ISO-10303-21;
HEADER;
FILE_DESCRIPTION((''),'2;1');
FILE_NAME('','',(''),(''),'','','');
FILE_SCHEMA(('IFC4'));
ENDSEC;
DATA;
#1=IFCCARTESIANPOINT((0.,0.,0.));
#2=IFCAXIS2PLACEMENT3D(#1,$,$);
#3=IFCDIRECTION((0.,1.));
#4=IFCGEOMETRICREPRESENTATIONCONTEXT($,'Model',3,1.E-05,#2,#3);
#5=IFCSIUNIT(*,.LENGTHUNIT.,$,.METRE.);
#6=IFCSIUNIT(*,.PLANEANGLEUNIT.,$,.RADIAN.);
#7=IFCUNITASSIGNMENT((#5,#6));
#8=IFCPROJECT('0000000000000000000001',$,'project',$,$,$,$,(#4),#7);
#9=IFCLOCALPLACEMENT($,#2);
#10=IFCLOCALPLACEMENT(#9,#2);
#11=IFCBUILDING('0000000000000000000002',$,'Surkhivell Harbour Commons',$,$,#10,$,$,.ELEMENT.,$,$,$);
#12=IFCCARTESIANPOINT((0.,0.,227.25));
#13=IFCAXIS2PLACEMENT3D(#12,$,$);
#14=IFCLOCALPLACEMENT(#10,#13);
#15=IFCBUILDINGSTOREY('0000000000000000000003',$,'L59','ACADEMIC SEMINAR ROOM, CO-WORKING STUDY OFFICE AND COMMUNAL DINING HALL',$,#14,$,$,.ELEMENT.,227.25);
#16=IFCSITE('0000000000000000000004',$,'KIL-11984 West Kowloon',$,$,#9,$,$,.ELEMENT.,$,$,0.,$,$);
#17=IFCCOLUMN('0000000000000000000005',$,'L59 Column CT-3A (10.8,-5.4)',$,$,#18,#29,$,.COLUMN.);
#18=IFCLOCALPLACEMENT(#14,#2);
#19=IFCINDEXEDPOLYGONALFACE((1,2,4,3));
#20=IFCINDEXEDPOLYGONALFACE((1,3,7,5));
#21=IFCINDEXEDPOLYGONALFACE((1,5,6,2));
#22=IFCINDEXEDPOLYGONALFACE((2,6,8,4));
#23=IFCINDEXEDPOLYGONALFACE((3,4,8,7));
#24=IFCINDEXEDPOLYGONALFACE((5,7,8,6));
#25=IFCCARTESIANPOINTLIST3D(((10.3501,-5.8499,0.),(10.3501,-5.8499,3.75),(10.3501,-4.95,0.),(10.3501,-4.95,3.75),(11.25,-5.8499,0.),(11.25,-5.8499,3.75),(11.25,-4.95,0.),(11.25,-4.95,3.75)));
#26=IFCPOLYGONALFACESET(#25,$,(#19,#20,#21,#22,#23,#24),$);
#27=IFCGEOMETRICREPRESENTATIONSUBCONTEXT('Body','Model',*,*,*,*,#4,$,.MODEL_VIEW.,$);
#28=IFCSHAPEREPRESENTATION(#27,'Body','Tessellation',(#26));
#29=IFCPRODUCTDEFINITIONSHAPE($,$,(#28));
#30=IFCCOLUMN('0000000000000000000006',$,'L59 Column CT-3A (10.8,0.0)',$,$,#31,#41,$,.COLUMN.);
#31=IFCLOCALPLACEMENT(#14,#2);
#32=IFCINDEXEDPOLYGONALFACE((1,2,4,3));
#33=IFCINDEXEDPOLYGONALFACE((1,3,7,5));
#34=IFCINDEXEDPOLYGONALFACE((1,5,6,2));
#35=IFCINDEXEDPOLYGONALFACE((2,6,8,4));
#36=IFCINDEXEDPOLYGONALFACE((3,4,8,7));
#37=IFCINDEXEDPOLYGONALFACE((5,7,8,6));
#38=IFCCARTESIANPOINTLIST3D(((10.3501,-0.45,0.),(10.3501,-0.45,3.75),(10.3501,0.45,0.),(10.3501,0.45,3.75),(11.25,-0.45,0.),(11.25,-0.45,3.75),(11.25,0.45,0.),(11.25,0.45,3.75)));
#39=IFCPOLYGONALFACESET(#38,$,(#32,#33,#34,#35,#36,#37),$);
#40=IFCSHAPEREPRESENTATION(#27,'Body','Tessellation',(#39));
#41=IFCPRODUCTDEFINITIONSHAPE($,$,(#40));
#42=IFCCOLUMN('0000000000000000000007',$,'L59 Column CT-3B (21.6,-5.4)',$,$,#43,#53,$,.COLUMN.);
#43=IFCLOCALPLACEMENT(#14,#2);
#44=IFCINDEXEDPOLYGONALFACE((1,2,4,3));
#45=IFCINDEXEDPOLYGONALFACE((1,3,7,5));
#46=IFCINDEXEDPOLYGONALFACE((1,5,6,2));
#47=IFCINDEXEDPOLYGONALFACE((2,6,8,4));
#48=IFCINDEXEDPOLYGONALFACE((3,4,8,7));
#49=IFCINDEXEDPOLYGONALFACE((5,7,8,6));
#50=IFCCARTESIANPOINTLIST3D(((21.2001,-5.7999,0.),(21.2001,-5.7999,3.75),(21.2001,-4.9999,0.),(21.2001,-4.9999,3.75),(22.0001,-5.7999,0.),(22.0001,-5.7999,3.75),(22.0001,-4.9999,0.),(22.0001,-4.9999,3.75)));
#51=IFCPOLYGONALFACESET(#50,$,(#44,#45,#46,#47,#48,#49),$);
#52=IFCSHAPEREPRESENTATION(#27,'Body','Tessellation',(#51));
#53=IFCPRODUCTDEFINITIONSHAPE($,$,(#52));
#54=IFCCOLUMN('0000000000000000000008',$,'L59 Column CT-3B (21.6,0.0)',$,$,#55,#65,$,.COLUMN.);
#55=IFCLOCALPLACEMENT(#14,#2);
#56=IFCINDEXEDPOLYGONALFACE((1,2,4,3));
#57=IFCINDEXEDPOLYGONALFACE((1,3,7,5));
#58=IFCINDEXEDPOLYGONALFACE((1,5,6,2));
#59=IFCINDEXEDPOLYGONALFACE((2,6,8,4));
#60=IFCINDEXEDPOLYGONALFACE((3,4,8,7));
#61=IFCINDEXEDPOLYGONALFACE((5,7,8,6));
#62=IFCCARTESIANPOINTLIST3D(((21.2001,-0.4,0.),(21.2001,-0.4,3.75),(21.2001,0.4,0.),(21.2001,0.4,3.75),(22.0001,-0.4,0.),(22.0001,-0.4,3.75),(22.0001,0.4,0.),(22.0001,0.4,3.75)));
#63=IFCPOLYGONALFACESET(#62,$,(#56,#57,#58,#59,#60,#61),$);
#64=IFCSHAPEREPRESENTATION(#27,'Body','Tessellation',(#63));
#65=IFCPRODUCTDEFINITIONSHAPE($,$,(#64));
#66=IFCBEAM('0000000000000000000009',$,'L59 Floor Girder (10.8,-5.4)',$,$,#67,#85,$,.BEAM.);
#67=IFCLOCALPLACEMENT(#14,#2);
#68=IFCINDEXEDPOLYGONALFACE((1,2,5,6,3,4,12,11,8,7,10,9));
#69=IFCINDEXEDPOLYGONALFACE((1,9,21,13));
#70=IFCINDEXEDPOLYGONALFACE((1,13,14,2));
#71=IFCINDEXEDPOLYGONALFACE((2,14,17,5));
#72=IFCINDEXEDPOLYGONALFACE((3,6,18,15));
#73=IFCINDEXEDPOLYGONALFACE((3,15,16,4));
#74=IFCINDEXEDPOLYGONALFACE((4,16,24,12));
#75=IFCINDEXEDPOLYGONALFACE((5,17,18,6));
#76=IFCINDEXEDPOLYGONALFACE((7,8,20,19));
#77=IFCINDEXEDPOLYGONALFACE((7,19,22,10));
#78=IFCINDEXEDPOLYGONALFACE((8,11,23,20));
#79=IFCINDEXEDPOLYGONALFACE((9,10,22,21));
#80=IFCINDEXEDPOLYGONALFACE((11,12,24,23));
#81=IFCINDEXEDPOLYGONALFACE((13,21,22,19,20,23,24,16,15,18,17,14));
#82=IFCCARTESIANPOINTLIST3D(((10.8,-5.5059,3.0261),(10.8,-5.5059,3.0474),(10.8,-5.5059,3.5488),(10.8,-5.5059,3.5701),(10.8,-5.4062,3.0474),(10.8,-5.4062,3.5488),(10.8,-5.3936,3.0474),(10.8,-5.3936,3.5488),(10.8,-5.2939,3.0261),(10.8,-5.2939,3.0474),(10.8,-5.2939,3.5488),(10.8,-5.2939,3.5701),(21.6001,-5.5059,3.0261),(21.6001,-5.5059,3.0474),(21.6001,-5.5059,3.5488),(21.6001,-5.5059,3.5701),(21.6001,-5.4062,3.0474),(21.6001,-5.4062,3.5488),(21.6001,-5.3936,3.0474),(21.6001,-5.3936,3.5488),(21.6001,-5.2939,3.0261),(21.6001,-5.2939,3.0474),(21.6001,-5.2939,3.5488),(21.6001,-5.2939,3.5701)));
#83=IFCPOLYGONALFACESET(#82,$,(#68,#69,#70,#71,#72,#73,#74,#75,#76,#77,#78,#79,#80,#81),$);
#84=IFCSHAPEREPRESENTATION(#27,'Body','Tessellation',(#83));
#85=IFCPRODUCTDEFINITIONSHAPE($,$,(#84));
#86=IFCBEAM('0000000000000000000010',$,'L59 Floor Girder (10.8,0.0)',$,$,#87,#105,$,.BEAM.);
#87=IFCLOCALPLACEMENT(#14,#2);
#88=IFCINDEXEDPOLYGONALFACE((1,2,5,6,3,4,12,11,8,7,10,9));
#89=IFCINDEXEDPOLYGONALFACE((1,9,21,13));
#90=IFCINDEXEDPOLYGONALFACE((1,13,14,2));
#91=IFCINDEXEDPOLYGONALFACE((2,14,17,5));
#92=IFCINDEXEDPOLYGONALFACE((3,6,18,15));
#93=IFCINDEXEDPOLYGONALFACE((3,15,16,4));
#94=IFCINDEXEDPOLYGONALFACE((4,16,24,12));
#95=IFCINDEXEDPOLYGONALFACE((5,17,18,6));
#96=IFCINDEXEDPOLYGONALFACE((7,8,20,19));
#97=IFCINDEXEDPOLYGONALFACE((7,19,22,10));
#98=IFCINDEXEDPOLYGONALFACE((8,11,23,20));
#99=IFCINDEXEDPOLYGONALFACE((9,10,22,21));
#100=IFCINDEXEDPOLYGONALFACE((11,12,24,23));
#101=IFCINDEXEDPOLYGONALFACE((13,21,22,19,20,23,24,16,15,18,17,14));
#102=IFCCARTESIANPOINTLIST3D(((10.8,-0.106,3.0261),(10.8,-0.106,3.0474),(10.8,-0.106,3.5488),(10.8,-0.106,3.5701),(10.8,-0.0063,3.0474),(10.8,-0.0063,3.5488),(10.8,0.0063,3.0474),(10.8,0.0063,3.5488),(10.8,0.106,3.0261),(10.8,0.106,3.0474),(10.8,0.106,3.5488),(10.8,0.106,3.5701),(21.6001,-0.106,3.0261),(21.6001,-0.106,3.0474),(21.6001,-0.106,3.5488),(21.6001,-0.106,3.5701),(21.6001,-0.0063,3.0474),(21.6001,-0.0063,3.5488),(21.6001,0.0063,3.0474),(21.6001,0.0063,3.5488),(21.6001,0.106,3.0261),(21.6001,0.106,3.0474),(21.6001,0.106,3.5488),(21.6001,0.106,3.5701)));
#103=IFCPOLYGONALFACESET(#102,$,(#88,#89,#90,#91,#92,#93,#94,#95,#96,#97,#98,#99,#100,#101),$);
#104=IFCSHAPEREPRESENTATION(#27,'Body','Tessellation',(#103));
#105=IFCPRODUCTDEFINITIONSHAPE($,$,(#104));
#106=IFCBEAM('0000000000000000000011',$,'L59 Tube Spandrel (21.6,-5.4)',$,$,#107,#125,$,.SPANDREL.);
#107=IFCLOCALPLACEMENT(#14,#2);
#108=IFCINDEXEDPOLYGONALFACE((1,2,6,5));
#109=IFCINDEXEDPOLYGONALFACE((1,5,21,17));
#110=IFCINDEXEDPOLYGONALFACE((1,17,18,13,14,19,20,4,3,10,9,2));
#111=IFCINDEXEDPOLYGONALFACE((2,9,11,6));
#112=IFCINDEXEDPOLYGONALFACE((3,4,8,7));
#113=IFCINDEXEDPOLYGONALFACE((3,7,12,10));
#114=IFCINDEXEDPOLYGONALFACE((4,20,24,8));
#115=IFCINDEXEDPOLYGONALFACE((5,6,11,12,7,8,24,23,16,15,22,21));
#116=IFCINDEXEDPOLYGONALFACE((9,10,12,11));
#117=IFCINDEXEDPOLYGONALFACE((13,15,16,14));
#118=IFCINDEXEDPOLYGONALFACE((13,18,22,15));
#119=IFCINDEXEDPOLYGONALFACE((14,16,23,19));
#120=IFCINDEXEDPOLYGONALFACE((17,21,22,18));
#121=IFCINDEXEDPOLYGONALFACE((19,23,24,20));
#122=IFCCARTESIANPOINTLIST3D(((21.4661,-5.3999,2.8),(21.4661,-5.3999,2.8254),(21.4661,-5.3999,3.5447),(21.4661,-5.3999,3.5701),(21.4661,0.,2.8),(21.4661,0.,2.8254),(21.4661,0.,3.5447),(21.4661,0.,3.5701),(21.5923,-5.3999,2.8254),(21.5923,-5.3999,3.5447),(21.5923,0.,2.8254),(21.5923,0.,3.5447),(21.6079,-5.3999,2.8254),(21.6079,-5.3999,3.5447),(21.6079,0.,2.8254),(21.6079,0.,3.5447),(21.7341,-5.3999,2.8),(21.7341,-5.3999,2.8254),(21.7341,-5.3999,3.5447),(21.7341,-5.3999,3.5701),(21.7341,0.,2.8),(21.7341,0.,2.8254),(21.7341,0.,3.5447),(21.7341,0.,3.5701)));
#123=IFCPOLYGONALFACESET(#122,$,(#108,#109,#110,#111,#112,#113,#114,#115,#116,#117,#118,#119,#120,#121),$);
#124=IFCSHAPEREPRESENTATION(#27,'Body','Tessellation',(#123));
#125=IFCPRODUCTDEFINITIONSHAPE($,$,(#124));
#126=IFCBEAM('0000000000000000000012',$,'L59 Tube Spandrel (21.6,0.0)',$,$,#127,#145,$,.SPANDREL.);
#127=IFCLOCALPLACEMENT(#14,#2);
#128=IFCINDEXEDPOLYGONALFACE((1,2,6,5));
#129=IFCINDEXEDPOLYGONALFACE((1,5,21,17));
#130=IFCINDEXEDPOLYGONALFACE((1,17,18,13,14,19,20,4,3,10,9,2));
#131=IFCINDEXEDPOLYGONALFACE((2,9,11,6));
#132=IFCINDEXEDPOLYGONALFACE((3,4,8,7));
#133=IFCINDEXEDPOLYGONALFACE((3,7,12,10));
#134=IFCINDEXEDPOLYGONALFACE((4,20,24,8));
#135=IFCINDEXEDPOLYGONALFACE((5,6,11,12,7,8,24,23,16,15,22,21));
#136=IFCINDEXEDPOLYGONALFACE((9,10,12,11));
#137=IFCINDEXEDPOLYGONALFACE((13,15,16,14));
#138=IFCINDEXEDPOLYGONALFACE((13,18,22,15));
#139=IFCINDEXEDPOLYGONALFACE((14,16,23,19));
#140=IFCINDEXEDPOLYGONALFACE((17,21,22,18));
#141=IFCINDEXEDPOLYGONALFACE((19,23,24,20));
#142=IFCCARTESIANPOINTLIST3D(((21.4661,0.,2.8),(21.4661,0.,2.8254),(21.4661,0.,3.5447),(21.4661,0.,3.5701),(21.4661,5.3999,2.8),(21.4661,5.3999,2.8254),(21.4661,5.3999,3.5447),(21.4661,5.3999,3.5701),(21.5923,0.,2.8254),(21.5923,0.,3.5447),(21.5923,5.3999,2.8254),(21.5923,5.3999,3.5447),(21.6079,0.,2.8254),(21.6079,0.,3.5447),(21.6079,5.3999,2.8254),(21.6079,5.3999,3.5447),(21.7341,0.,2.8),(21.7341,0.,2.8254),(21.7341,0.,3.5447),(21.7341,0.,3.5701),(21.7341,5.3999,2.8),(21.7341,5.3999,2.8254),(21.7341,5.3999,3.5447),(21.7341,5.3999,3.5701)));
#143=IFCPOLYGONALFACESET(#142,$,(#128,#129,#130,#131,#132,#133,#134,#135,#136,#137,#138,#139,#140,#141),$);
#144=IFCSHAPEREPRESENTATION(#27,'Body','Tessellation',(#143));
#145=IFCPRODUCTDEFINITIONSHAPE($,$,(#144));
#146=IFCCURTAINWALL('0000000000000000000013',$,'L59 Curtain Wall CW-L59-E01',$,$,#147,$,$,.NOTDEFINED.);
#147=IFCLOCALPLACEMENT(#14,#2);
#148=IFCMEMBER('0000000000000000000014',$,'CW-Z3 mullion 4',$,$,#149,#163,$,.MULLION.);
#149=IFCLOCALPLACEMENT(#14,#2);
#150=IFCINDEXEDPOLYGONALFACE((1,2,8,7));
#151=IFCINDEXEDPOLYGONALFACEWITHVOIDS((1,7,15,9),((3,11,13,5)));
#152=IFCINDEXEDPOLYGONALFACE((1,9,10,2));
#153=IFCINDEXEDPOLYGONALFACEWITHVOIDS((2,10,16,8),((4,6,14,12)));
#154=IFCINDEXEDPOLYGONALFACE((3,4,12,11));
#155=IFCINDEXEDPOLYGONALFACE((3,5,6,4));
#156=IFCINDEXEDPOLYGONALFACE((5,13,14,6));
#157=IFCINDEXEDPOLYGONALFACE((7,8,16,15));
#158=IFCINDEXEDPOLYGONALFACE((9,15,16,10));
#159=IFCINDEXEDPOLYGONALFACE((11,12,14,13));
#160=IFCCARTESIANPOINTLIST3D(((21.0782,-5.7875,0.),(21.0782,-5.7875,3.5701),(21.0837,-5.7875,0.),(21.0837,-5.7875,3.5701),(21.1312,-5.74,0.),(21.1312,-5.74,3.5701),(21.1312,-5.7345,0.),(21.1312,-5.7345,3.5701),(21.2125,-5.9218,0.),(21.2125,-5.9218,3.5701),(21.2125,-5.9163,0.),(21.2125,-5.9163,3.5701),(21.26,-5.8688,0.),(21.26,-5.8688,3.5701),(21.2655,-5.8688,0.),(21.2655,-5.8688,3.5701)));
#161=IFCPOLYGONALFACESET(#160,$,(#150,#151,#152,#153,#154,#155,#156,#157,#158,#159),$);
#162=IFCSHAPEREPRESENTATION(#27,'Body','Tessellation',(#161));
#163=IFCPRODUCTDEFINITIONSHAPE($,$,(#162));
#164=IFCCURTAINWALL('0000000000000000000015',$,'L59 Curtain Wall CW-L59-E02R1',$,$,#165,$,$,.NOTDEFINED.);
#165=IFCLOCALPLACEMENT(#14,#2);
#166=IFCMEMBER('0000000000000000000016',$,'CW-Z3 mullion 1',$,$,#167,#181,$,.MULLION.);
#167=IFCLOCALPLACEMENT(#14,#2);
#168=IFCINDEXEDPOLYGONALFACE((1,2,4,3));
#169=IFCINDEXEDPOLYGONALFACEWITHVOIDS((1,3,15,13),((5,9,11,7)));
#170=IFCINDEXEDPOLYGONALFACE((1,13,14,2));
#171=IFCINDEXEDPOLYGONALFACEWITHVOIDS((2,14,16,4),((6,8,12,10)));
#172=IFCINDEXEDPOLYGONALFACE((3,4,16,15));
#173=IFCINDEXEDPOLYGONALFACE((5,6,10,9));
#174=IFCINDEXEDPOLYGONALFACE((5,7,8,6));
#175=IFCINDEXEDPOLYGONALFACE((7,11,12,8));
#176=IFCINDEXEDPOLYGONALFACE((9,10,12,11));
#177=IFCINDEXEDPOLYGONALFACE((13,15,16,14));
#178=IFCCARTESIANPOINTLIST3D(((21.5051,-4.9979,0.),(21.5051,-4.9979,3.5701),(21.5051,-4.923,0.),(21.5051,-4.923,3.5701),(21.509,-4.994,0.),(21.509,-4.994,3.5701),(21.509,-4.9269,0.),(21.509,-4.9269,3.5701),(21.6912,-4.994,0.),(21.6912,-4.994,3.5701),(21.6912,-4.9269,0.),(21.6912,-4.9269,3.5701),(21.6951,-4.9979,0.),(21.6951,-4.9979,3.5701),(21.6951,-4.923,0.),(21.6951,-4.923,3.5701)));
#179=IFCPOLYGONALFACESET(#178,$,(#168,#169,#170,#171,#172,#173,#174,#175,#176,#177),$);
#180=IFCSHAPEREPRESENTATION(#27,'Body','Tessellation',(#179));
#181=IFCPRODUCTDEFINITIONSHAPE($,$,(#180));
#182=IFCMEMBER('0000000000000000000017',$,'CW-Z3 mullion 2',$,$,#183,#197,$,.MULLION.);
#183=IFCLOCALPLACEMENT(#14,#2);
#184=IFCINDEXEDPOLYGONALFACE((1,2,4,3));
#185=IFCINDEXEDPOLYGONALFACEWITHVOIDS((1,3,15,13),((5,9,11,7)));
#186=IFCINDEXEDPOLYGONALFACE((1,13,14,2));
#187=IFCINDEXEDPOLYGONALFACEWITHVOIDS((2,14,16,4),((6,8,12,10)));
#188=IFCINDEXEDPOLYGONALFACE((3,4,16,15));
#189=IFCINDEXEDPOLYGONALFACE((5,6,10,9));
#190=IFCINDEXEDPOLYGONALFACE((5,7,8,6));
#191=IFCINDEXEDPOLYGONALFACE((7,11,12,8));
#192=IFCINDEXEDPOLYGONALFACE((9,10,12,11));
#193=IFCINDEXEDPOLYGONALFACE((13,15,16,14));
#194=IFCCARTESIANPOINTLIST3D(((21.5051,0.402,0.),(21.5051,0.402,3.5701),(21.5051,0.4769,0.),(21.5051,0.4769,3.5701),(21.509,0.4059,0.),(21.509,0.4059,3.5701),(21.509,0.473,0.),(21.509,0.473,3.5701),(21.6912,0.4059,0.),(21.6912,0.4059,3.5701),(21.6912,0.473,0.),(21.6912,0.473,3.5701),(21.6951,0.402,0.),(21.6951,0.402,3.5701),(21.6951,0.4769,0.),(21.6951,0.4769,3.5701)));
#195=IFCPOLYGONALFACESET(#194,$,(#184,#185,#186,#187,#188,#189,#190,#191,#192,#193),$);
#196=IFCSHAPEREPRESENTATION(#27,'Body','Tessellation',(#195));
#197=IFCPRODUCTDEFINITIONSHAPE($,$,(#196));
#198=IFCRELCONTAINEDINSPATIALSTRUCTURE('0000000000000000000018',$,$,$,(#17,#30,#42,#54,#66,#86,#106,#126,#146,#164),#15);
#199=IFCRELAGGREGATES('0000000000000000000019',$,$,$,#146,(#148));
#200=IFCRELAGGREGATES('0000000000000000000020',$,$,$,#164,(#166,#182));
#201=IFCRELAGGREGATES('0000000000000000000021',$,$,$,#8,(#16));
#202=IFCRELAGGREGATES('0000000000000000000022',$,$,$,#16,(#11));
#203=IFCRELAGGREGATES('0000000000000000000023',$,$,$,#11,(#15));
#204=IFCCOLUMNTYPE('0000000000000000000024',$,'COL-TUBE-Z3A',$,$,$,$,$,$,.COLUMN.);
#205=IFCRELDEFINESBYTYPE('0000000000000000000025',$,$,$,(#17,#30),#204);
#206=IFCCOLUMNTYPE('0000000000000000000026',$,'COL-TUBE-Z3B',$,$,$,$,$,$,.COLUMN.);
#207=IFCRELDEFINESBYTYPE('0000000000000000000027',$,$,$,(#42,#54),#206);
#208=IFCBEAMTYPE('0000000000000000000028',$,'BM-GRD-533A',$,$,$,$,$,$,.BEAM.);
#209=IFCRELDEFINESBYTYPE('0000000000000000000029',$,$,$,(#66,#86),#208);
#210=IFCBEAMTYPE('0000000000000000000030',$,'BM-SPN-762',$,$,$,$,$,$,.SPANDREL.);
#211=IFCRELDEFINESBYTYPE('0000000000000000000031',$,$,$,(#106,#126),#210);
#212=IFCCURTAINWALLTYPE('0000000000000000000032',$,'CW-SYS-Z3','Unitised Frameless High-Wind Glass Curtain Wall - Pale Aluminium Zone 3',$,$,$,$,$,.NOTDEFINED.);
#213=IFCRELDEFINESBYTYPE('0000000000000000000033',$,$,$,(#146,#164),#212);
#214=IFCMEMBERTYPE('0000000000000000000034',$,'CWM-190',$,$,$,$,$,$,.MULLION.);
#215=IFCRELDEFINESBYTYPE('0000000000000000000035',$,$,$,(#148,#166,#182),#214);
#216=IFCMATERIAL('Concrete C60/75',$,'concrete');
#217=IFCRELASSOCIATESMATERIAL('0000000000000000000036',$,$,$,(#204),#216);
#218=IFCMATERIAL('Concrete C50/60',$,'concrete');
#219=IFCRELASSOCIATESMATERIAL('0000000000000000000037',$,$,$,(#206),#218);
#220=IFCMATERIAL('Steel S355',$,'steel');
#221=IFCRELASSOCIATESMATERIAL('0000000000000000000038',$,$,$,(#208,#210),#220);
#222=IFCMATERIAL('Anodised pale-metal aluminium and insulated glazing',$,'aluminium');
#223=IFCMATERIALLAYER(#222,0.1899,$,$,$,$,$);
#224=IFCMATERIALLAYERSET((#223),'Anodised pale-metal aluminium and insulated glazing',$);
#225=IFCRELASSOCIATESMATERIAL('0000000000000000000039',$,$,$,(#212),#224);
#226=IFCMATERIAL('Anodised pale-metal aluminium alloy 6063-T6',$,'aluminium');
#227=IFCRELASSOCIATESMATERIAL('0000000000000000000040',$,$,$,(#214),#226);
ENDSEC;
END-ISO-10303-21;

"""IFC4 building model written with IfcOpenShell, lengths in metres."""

from ifc_helpers import new_model, si_unit, direction, frame, origin, origin_2d, place, context, subcontext, project, spatial, rectangle, hollow_rectangle, i_section, extrude, material, layer, layer_set, material_profile, profile_set, type_object, element, aggregate, save


model = new_model("IFC4")

# Units and contexts
model_context = context("Model", 3, precision=1e-05, world=origin(), true_north=direction((0.0, 1.0)))
body_context = subcontext(model_context, "Body", "Model", "MODEL_VIEW")
ifc_project = project(units=[si_unit("LENGTHUNIT", "METRE"), si_unit("PLANEANGLEUNIT", "RADIAN")], contexts=[model_context])

# Site, building, storey
site_placement = place(None, origin())
site = spatial("IfcSite", under=ifc_project, at=site_placement, Name="KIL-11984 West Kowloon", CompositionType="ELEMENT", RefElevation=0.0)
building_placement = place(site_placement, origin())
building = spatial("IfcBuilding", under=site, at=building_placement, Name="Surkhivell Harbour Commons", CompositionType="ELEMENT")
storey_placement = place(building_placement, frame((0.0, 0.0, 227.25)))
storey = spatial("IfcBuildingStorey", under=building, at=storey_placement, Name="L59", Description="ACADEMIC SEMINAR ROOM, CO-WORKING STUDY OFFICE AND COMMUNAL DINING HALL", CompositionType="ELEMENT", Elevation=227.25)

# Columns
ifc_material_1 = material(Name="Concrete C60/75", Category="concrete")
ifc_material_profile_1 = material_profile(ifc_material_1, rectangle(XDim=0.8999, YDim=0.8999, at=origin_2d()), Name="RC-COL-900x900")
ifc_profile_set_1 = profile_set([ifc_material_profile_1], Name="Concrete C60/75")
column_type_1 = type_object("IfcColumnType", Name="COL-TUBE-Z3A", PredefinedType="COLUMN", material=ifc_profile_set_1)
for number, where, z_axis, x_axis, name in (
    (1, (10.8, -5.3999, 0.0), (0.0, 0.0, 1.0), (1.0, 0.0, 0.0), "L59 Column CT-3A (10.8,-5.4)"),
    (2, (10.8, 0.0, 0.0), (0.0, 0.0, 1.0), (1.0, 0.0, 0.0), "L59 Column CT-3A (10.8,0.0)"),
):
    element("IfcColumn", number, at=place(storey_placement, frame(where, z_axis=z_axis, x_axis=x_axis)), inside=storey, type_object=column_type_1, Name=name, PredefinedType="COLUMN", context=body_context, shape_type="SweptSolid", body=[
        extrude(rectangle(XDim=0.8999, YDim=0.8999, at=origin_2d()), origin(), (0.0, 0.0, 1.0), 3.75),
    ])
ifc_material_2 = material(Name="Concrete C50/60", Category="concrete")
ifc_material_profile_2 = material_profile(ifc_material_2, rectangle(XDim=0.8, YDim=0.8, at=origin_2d()), Name="RC-COL-800x800")
ifc_profile_set_2 = profile_set([ifc_material_profile_2], Name="Concrete C50/60")
column_type_2 = type_object("IfcColumnType", Name="COL-TUBE-Z3B", PredefinedType="COLUMN", material=ifc_profile_set_2)
for number, where, z_axis, x_axis, name in (
    (3, (21.6001, -5.3999, 0.0), (0.0, 0.0, 1.0), (1.0, 0.0, 0.0), "L59 Column CT-3B (21.6,-5.4)"),
    (4, (21.6001, 0.0, 0.0), (0.0, 0.0, 1.0), (1.0, 0.0, 0.0), "L59 Column CT-3B (21.6,0.0)"),
):
    element("IfcColumn", number, at=place(storey_placement, frame(where, z_axis=z_axis, x_axis=x_axis)), inside=storey, type_object=column_type_2, Name=name, PredefinedType="COLUMN", context=body_context, shape_type="SweptSolid", body=[
        extrude(rectangle(XDim=0.8, YDim=0.8, at=origin_2d()), origin(), (0.0, 0.0, 1.0), 3.75),
    ])

# Beams
ifc_material_3 = material(Name="Steel S355", Category="steel")
ifc_material_profile_3 = material_profile(ifc_material_3, i_section(OverallWidth=0.2119, OverallDepth=0.5439, WebThickness=0.0127, FlangeThickness=0.0212, at=origin_2d()), Name="UB533x210x122")
ifc_profile_set_3 = profile_set([ifc_material_profile_3], Name="Steel S355")
beam_type_1 = type_object("IfcBeamType", Name="BM-GRD-533A", PredefinedType="BEAM", material=ifc_profile_set_3)
for number, where, z_axis, x_axis, name in (
    (5, (10.8, -5.3999, 3.2981), (1.0, 0.0, 0.0), (0.0, 1.0, 0.0), "L59 Floor Girder (10.8,-5.4)"),
    (6, (10.8, 0.0, 3.2981), (1.0, 0.0, 0.0), (0.0, 1.0, 0.0), "L59 Floor Girder (10.8,0.0)"),
):
    element("IfcBeam", number, at=place(storey_placement, frame(where, z_axis=z_axis, x_axis=x_axis)), inside=storey, type_object=beam_type_1, Name=name, PredefinedType="BEAM", context=body_context, shape_type="SweptSolid", body=[
        extrude(i_section(OverallWidth=0.2119, OverallDepth=0.5439, WebThickness=0.0127, FlangeThickness=0.0212, at=origin_2d()), origin(), (0.0, 0.0, 1.0), 10.8),
    ])
ifc_material_profile_4 = material_profile(ifc_material_3, i_section(OverallWidth=0.2681, OverallDepth=0.77, WebThickness=0.0156, FlangeThickness=0.0254, at=origin_2d()), Name="UB762x267x197")
ifc_profile_set_4 = profile_set([ifc_material_profile_4], Name="Steel S355")
beam_type_2 = type_object("IfcBeamType", Name="BM-SPN-762", PredefinedType="SPANDREL", material=ifc_profile_set_4)
for number, where, z_axis, x_axis, name in (
    (7, (21.6001, -5.3999, 3.1851), (0.0, 1.0, 0.0), (-1.0, 0.0, 0.0), "L59 Tube Spandrel (21.6,-5.4)"),
    (8, (21.6001, 0.0, 3.1851), (0.0, 1.0, 0.0), (-1.0, 0.0, 0.0), "L59 Tube Spandrel (21.6,0.0)"),
):
    element("IfcBeam", number, at=place(storey_placement, frame(where, z_axis=z_axis, x_axis=x_axis)), inside=storey, type_object=beam_type_2, Name=name, PredefinedType="SPANDREL", context=body_context, shape_type="SweptSolid", body=[
        extrude(i_section(OverallWidth=0.2681, OverallDepth=0.77, WebThickness=0.0156, FlangeThickness=0.0254, at=origin_2d()), origin(), (0.0, 0.0, 1.0), 5.3999),
    ])

# Curtain wall, member
ifc_material_4 = material(Name="Anodised pale-metal aluminium and insulated glazing", Category="aluminium")
ifc_layer_1 = layer(ifc_material_4, 0.1899)
ifc_layer_set_1 = layer_set([ifc_layer_1], Name="Anodised pale-metal aluminium and insulated glazing")
curtain_wall_type = type_object("IfcCurtainWallType", Name="CW-SYS-Z3", Description="Unitised Frameless High-Wind Glass Curtain Wall - Pale Aluminium Zone 3", PredefinedType="NOTDEFINED", material=ifc_layer_set_1)
curtain_wall_1_placement = place(storey_placement, origin())
curtain_wall_1 = element("IfcCurtainWall", 9, at=curtain_wall_1_placement, inside=storey, type_object=curtain_wall_type, Name="L59 Curtain Wall CW-L59-E01", PredefinedType="NOTDEFINED")
ifc_material_5 = material(Name="Anodised pale-metal aluminium alloy 6063-T6", Category="aluminium")
ifc_material_profile_5 = material_profile(ifc_material_5, hollow_rectangle(XDim=0.075, YDim=0.1899, WallThickness=0.0039, at=origin_2d()), Name="ALU-MULL-75x190")
ifc_profile_set_5 = profile_set([ifc_material_profile_5], Name="Anodised pale-metal aluminium alloy 6063-T6")
member_type_1 = type_object("IfcMemberType", Name="CWM-190", PredefinedType="MULLION", material=ifc_profile_set_5)
member_1_placement = place(storey_placement, frame((21.1719, -5.8281, 0.0), z_axis=(0.0, 0.0, 1.0), x_axis=(0.707107, 0.707107, 0.0)))
member_1 = element("IfcMember", 10, at=member_1_placement, type_object=member_type_1, Name="CW-Z3 mullion 4", PredefinedType="MULLION", context=body_context, shape_type="SweptSolid", body=[
    extrude(hollow_rectangle(XDim=0.075, YDim=0.1899, WallThickness=0.0039, at=origin_2d()), origin(), (0.0, 0.0, 1.0), 3.5701),
])
aggregate(curtain_wall_1, [member_1])

# Curtain wall, members
curtain_wall_2_placement = place(storey_placement, origin())
curtain_wall_2 = element("IfcCurtainWall", 11, at=curtain_wall_2_placement, inside=storey, type_object=curtain_wall_type, Name="L59 Curtain Wall CW-L59-E02R1", PredefinedType="NOTDEFINED")
member_2_placement = place(storey_placement, frame((21.6001, -4.9604, 0.0), z_axis=(0.0, 0.0, 1.0), x_axis=(0.0, 1.0, 0.0)))
member_2 = element("IfcMember", 12, at=member_2_placement, type_object=member_type_1, Name="CW-Z3 mullion 1", PredefinedType="MULLION", context=body_context, shape_type="SweptSolid", body=[
    extrude(hollow_rectangle(XDim=0.075, YDim=0.1899, WallThickness=0.0039, at=origin_2d()), origin(), (0.0, 0.0, 1.0), 3.5701),
])
member_3_placement = place(storey_placement, frame((21.6001, 0.4395, 0.0), z_axis=(0.0, 0.0, 1.0), x_axis=(0.0, 1.0, 0.0)))
member_3 = element("IfcMember", 13, at=member_3_placement, type_object=member_type_1, Name="CW-Z3 mullion 2", PredefinedType="MULLION", context=body_context, shape_type="SweptSolid", body=[
    extrude(hollow_rectangle(XDim=0.075, YDim=0.1899, WallThickness=0.0039, at=origin_2d()), origin(), (0.0, 0.0, 1.0), 3.5701),
])
aggregate(curtain_wall_2, [member_2, member_3])

save(model, "model.ifc")
